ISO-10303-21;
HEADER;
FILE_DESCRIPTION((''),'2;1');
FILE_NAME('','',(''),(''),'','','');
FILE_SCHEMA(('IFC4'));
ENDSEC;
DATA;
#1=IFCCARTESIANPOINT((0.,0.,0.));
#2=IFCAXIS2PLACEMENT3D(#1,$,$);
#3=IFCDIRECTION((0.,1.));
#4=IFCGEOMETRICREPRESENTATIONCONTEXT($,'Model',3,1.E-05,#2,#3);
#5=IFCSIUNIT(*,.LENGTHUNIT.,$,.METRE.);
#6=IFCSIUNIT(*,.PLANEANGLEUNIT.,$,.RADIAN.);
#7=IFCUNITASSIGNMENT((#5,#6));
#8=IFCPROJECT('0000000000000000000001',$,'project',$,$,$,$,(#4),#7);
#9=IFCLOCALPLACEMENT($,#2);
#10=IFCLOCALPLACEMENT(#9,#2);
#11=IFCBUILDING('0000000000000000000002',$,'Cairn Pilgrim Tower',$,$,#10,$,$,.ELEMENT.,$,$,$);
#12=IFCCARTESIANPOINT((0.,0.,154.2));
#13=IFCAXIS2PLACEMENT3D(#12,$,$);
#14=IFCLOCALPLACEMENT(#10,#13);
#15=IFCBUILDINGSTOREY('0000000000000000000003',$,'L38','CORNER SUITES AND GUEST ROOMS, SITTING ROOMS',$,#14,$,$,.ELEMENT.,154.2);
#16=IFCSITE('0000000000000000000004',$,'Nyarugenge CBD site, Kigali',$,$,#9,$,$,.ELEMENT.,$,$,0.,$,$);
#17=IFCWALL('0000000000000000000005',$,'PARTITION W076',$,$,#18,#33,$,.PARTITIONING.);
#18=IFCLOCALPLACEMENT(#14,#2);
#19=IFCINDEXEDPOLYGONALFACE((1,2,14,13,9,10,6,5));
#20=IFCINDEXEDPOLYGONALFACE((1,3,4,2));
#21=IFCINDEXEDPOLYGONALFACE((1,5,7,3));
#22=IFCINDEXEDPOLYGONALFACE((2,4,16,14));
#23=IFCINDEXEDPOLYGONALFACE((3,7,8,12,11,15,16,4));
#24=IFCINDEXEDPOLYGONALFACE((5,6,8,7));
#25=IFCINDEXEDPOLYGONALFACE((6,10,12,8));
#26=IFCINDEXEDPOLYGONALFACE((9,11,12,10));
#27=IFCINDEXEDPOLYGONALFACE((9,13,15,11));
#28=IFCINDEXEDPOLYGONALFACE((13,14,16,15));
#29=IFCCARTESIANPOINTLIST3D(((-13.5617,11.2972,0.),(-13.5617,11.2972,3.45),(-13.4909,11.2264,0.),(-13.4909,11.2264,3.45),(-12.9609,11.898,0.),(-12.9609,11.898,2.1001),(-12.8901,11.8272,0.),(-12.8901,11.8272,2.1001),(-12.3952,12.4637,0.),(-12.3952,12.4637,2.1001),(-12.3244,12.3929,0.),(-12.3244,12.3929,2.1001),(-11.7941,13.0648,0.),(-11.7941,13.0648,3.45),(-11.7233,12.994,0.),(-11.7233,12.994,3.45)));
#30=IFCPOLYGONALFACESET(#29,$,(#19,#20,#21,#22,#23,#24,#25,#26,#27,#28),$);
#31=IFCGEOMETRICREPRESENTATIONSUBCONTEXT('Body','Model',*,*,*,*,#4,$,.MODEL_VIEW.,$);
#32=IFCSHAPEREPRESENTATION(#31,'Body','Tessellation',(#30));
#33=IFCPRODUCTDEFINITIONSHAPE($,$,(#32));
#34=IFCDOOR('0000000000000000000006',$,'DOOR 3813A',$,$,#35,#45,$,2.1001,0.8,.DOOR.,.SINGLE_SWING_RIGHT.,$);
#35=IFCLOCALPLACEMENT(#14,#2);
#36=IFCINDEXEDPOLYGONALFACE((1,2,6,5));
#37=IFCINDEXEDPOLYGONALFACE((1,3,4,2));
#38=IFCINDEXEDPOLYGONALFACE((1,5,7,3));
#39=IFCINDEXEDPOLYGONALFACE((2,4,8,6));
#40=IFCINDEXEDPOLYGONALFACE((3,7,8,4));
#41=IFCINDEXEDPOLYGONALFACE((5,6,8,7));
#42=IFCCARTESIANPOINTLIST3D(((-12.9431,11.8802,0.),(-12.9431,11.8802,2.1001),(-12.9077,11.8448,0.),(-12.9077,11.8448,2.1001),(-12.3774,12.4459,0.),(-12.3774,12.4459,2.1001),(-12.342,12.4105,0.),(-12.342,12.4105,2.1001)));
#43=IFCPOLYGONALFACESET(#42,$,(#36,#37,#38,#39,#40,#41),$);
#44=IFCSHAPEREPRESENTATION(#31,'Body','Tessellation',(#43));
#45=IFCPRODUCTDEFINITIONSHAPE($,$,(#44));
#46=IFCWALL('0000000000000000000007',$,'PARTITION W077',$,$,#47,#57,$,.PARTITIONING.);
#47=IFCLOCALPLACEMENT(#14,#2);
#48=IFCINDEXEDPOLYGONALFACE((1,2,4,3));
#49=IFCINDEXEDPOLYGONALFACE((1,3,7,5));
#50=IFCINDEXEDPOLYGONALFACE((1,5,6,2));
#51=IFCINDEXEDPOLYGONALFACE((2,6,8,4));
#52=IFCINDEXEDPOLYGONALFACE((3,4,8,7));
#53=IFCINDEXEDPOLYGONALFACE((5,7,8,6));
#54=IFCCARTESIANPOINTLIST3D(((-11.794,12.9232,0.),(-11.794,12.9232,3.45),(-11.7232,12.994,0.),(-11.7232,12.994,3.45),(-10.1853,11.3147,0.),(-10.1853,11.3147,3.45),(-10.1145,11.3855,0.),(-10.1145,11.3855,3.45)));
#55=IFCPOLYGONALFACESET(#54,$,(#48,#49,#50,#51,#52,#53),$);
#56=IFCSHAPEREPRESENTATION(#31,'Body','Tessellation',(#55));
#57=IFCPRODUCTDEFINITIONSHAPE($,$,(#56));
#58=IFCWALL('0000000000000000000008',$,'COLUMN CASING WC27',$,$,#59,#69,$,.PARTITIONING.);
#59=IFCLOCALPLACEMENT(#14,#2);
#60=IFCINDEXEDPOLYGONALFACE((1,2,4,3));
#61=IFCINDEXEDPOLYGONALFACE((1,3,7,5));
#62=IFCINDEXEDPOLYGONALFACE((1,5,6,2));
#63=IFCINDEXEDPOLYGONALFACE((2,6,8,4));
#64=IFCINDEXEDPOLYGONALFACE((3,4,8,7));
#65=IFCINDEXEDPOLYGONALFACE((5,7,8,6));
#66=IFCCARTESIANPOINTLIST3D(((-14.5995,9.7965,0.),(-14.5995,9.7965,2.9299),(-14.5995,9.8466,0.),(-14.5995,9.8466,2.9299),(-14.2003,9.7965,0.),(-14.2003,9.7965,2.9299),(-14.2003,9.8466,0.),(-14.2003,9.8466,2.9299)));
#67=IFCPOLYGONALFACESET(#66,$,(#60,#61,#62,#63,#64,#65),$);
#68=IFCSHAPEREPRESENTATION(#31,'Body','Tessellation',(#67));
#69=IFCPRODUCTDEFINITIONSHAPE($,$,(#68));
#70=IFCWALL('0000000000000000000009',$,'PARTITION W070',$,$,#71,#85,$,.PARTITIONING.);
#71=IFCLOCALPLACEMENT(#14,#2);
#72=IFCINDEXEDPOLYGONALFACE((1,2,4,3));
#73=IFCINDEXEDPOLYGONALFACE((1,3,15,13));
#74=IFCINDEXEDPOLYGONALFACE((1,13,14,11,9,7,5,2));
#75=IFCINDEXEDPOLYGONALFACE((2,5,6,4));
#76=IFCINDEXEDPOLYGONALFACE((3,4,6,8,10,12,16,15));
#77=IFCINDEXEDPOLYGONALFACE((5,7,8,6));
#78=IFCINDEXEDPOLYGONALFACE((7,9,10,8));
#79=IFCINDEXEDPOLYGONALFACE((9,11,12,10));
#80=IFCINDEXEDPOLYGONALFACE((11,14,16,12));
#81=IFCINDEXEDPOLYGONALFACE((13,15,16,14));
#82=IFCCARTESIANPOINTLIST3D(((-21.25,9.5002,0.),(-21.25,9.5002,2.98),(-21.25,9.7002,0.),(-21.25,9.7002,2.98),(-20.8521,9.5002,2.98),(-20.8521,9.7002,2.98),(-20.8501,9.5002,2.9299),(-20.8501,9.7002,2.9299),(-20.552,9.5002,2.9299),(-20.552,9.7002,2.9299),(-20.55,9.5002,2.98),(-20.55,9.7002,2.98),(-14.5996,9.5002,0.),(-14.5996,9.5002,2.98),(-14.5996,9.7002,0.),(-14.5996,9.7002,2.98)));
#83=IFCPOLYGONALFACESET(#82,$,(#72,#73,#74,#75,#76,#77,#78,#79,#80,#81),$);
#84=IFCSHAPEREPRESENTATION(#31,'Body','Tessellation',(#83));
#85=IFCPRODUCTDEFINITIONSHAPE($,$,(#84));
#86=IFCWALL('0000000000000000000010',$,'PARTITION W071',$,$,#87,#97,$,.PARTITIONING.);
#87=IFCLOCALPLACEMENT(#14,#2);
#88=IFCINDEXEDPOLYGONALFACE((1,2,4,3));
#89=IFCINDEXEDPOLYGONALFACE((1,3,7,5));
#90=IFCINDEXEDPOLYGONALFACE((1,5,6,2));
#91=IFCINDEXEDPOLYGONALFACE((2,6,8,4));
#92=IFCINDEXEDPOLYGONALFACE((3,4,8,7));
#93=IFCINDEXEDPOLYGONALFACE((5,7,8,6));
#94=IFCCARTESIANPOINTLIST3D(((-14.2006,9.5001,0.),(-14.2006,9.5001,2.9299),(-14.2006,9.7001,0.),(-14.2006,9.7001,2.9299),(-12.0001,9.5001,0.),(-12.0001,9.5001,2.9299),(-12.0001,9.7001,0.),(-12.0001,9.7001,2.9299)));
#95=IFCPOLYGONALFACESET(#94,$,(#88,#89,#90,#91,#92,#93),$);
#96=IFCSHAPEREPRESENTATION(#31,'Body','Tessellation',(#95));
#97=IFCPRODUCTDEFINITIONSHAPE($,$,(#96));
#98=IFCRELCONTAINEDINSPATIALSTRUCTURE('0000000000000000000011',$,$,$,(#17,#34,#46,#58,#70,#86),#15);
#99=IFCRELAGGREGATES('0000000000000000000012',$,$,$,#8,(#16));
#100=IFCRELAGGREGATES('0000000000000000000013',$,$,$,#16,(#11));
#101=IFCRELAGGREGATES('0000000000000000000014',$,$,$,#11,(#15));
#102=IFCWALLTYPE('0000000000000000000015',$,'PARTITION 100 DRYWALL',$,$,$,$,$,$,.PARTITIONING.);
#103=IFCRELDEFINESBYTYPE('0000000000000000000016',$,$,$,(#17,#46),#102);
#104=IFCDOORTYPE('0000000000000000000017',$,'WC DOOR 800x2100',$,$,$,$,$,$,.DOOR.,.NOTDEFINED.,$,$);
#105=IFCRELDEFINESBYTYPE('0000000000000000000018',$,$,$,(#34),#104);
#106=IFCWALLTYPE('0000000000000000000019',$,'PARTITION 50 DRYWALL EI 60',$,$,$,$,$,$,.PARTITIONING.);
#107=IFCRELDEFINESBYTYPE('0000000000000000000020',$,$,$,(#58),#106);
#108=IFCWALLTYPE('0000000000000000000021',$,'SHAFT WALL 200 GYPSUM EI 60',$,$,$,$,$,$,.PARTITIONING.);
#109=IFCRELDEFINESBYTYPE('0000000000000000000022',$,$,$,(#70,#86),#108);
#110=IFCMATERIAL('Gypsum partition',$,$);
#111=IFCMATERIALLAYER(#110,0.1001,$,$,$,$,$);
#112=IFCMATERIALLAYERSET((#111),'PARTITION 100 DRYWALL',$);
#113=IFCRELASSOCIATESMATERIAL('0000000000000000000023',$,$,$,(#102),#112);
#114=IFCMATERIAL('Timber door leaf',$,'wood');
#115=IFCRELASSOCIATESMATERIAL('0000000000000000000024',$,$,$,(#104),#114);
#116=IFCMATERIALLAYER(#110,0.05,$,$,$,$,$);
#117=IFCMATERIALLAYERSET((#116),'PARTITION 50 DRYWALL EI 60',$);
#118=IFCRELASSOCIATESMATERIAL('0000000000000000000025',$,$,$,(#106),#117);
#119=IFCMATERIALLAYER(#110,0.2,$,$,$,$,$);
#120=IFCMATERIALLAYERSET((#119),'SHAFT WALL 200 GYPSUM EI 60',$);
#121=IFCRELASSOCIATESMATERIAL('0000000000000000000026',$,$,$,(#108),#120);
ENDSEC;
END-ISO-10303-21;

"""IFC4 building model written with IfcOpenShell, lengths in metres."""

from ifc_helpers import new_model, si_unit, direction, frame, frame_2d, origin, place, context, subcontext, project, spatial, polyline, rectangle, outline, extrude, material, layer, layer_set, type_object, element, fill, save


model = new_model("IFC4")

# Units and contexts
model_context = context("Model", 3, precision=1e-05, world=origin(), true_north=direction((0.0, 1.0)))
body_context = subcontext(model_context, "Body", "Model", "MODEL_VIEW")
ifc_project = project(units=[si_unit("LENGTHUNIT", "METRE"), si_unit("PLANEANGLEUNIT", "RADIAN")], contexts=[model_context])

# Site, building, storey
site_placement = place(None, origin())
site = spatial("IfcSite", under=ifc_project, at=site_placement, Name="Nyarugenge CBD site, Kigali", CompositionType="ELEMENT", RefElevation=0.0)
building_placement = place(site_placement, origin())
building = spatial("IfcBuilding", under=site, at=building_placement, Name="Cairn Pilgrim Tower", CompositionType="ELEMENT")
storey_placement = place(building_placement, frame((0.0, 0.0, 154.2)))
storey = spatial("IfcBuildingStorey", under=building, at=storey_placement, Name="L38", Description="CORNER SUITES AND GUEST ROOMS, SITTING ROOMS", CompositionType="ELEMENT", Elevation=154.2)

# Shared definitions
ifc_material_1 = material(Name="Gypsum partition")
ifc_layer_1 = layer(ifc_material_1, 0.1001)
ifc_layer_set_1 = layer_set([ifc_layer_1], Name="PARTITION 100 DRYWALL")
wall_type_1 = type_object("IfcWallType", Name="PARTITION 100 DRYWALL", PredefinedType="PARTITIONING", material=ifc_layer_set_1)

# Wall, opening, door
wall_1_placement = place(storey_placement, frame((-13.5264, 11.2617, 0.0), z_axis=(0.0, 0.0, 1.0), x_axis=(0.707107, 0.707107, 0.0)))
wall_1 = element("IfcWall", 1, at=wall_1_placement, inside=storey, type_object=wall_type_1, Name="PARTITION W076", PredefinedType="PARTITIONING", context=body_context, shape_type="SweptSolid", body=[
    extrude(rectangle(XDim=2.4998, YDim=0.1001, at=frame_2d((1.25, 0.0))), origin(), (0.0, 0.0, 1.0), 3.45),
])
opening_1_placement = place(wall_1_placement, frame((0.8499, 0.0, 0.0)))
opening_1 = element("IfcOpeningElement", 2, at=opening_1_placement, cuts=wall_1, PredefinedType="OPENING", context=body_context, shape_type="SweptSolid", body=[
    extrude(rectangle(XDim=0.8, YDim=2.1001, at=frame_2d((0.3999, 1.05))), frame((0.0, 0.0601, 0.0), z_axis=(0.0, -1.0, 0.0), x_axis=(1.0, 0.0, 0.0)), (0.0, 0.0, 1.0), 0.1201),
])
ifc_material_2 = material(Name="Timber door leaf", Category="wood")
door_type_1 = type_object("IfcDoorType", Name="WC DOOR 800x2100", OperationType="NOTDEFINED", PredefinedType="DOOR", material=ifc_material_2)
door_1_placement = place(opening_1_placement, origin())
door_1 = element("IfcDoor", 3, at=door_1_placement, inside=storey, type_object=door_type_1, Name="DOOR 3813A", OperationType="SINGLE_SWING_RIGHT", OverallHeight=2.1001, OverallWidth=0.8, PredefinedType="DOOR", context=body_context, shape_type="SweptSolid", body=[
    extrude(rectangle(XDim=0.8, YDim=2.1001, at=frame_2d((0.3999, 1.05))), frame((0.0, 0.0249, 0.0), z_axis=(0.0, -1.0, 0.0), x_axis=(1.0, 0.0, 0.0)), (0.0, 0.0, 1.0), 0.05),
])
fill(opening_1, door_1)

# Walls
wall_2_placement = place(storey_placement, frame((-10.1499, 11.3501, 0.0), z_axis=(0.0, 0.0, 1.0), x_axis=(-0.70716, 0.707053, 0.0)))
element("IfcWall", 4, at=wall_2_placement, inside=storey, type_object=wall_type_1, Name="PARTITION W077", PredefinedType="PARTITIONING", context=body_context, shape_type="SweptSolid", body=[
    extrude(rectangle(XDim=2.2749, YDim=0.1001, at=frame_2d((1.1375, 0.0))), origin(), (0.0, 0.0, 1.0), 3.45),
])
ifc_layer_2 = layer(ifc_material_1, 0.05)
ifc_layer_set_2 = layer_set([ifc_layer_2], Name="PARTITION 50 DRYWALL EI 60")
wall_type_2 = type_object("IfcWallType", Name="PARTITION 50 DRYWALL EI 60", PredefinedType="PARTITIONING", material=ifc_layer_set_2)
wall_3_placement = place(storey_placement, frame((-14.5996, 9.8215, 0.0), z_axis=(0.0, 0.0, 1.0), x_axis=(1.0, 0.0, 0.0)))
element("IfcWall", 5, at=wall_3_placement, inside=storey, type_object=wall_type_2, Name="COLUMN CASING WC27", PredefinedType="PARTITIONING", context=body_context, shape_type="SweptSolid", body=[
    extrude(rectangle(XDim=0.3992, YDim=0.05, at=frame_2d((0.1997, 0.0))), origin(), (0.0, 0.0, 1.0), 2.9299),
])
ifc_layer_3 = layer(ifc_material_1, 0.2)
ifc_layer_set_3 = layer_set([ifc_layer_3], Name="SHAFT WALL 200 GYPSUM EI 60")
wall_type_3 = type_object("IfcWallType", Name="SHAFT WALL 200 GYPSUM EI 60", PredefinedType="PARTITIONING", material=ifc_layer_set_3)
wall_4_placement = place(storey_placement, frame((-21.25, 9.6001, 0.0), z_axis=(0.0, 0.0, 1.0), x_axis=(1.0, 0.0, 0.0)))
element("IfcWall", 6, at=wall_4_placement, inside=storey, type_object=wall_type_3, Name="PARTITION W070", PredefinedType="PARTITIONING", context=body_context, shape_type="SweptSolid", body=[
    extrude(outline(polyline([(0.0, 0.0), (6.6504, 0.0), (6.6504, 2.98), (0.7, 2.98), (0.698, 2.9299), (0.3999, 2.9299), (0.3979, 2.98), (0.0, 2.98), (0.0, 0.0)])), frame((0.0, 0.1001, 0.0), z_axis=(0.0, -1.0, 0.0), x_axis=(1.0, 0.0, 0.0)), (0.0, 0.0, 1.0), 0.2),
])
wall_5_placement = place(storey_placement, frame((-14.2004, 9.6001, 0.0), z_axis=(0.0, 0.0, 1.0), x_axis=(1.0, 0.0, 0.0)))
element("IfcWall", 7, at=wall_5_placement, inside=storey, type_object=wall_type_3, Name="PARTITION W071", PredefinedType="PARTITIONING", context=body_context, shape_type="SweptSolid", body=[
    extrude(rectangle(XDim=2.2004, YDim=0.2, at=frame_2d((1.1001, 0.0))), origin(), (0.0, 0.0, 1.0), 2.9299),
])

save(model, "model.ifc")
